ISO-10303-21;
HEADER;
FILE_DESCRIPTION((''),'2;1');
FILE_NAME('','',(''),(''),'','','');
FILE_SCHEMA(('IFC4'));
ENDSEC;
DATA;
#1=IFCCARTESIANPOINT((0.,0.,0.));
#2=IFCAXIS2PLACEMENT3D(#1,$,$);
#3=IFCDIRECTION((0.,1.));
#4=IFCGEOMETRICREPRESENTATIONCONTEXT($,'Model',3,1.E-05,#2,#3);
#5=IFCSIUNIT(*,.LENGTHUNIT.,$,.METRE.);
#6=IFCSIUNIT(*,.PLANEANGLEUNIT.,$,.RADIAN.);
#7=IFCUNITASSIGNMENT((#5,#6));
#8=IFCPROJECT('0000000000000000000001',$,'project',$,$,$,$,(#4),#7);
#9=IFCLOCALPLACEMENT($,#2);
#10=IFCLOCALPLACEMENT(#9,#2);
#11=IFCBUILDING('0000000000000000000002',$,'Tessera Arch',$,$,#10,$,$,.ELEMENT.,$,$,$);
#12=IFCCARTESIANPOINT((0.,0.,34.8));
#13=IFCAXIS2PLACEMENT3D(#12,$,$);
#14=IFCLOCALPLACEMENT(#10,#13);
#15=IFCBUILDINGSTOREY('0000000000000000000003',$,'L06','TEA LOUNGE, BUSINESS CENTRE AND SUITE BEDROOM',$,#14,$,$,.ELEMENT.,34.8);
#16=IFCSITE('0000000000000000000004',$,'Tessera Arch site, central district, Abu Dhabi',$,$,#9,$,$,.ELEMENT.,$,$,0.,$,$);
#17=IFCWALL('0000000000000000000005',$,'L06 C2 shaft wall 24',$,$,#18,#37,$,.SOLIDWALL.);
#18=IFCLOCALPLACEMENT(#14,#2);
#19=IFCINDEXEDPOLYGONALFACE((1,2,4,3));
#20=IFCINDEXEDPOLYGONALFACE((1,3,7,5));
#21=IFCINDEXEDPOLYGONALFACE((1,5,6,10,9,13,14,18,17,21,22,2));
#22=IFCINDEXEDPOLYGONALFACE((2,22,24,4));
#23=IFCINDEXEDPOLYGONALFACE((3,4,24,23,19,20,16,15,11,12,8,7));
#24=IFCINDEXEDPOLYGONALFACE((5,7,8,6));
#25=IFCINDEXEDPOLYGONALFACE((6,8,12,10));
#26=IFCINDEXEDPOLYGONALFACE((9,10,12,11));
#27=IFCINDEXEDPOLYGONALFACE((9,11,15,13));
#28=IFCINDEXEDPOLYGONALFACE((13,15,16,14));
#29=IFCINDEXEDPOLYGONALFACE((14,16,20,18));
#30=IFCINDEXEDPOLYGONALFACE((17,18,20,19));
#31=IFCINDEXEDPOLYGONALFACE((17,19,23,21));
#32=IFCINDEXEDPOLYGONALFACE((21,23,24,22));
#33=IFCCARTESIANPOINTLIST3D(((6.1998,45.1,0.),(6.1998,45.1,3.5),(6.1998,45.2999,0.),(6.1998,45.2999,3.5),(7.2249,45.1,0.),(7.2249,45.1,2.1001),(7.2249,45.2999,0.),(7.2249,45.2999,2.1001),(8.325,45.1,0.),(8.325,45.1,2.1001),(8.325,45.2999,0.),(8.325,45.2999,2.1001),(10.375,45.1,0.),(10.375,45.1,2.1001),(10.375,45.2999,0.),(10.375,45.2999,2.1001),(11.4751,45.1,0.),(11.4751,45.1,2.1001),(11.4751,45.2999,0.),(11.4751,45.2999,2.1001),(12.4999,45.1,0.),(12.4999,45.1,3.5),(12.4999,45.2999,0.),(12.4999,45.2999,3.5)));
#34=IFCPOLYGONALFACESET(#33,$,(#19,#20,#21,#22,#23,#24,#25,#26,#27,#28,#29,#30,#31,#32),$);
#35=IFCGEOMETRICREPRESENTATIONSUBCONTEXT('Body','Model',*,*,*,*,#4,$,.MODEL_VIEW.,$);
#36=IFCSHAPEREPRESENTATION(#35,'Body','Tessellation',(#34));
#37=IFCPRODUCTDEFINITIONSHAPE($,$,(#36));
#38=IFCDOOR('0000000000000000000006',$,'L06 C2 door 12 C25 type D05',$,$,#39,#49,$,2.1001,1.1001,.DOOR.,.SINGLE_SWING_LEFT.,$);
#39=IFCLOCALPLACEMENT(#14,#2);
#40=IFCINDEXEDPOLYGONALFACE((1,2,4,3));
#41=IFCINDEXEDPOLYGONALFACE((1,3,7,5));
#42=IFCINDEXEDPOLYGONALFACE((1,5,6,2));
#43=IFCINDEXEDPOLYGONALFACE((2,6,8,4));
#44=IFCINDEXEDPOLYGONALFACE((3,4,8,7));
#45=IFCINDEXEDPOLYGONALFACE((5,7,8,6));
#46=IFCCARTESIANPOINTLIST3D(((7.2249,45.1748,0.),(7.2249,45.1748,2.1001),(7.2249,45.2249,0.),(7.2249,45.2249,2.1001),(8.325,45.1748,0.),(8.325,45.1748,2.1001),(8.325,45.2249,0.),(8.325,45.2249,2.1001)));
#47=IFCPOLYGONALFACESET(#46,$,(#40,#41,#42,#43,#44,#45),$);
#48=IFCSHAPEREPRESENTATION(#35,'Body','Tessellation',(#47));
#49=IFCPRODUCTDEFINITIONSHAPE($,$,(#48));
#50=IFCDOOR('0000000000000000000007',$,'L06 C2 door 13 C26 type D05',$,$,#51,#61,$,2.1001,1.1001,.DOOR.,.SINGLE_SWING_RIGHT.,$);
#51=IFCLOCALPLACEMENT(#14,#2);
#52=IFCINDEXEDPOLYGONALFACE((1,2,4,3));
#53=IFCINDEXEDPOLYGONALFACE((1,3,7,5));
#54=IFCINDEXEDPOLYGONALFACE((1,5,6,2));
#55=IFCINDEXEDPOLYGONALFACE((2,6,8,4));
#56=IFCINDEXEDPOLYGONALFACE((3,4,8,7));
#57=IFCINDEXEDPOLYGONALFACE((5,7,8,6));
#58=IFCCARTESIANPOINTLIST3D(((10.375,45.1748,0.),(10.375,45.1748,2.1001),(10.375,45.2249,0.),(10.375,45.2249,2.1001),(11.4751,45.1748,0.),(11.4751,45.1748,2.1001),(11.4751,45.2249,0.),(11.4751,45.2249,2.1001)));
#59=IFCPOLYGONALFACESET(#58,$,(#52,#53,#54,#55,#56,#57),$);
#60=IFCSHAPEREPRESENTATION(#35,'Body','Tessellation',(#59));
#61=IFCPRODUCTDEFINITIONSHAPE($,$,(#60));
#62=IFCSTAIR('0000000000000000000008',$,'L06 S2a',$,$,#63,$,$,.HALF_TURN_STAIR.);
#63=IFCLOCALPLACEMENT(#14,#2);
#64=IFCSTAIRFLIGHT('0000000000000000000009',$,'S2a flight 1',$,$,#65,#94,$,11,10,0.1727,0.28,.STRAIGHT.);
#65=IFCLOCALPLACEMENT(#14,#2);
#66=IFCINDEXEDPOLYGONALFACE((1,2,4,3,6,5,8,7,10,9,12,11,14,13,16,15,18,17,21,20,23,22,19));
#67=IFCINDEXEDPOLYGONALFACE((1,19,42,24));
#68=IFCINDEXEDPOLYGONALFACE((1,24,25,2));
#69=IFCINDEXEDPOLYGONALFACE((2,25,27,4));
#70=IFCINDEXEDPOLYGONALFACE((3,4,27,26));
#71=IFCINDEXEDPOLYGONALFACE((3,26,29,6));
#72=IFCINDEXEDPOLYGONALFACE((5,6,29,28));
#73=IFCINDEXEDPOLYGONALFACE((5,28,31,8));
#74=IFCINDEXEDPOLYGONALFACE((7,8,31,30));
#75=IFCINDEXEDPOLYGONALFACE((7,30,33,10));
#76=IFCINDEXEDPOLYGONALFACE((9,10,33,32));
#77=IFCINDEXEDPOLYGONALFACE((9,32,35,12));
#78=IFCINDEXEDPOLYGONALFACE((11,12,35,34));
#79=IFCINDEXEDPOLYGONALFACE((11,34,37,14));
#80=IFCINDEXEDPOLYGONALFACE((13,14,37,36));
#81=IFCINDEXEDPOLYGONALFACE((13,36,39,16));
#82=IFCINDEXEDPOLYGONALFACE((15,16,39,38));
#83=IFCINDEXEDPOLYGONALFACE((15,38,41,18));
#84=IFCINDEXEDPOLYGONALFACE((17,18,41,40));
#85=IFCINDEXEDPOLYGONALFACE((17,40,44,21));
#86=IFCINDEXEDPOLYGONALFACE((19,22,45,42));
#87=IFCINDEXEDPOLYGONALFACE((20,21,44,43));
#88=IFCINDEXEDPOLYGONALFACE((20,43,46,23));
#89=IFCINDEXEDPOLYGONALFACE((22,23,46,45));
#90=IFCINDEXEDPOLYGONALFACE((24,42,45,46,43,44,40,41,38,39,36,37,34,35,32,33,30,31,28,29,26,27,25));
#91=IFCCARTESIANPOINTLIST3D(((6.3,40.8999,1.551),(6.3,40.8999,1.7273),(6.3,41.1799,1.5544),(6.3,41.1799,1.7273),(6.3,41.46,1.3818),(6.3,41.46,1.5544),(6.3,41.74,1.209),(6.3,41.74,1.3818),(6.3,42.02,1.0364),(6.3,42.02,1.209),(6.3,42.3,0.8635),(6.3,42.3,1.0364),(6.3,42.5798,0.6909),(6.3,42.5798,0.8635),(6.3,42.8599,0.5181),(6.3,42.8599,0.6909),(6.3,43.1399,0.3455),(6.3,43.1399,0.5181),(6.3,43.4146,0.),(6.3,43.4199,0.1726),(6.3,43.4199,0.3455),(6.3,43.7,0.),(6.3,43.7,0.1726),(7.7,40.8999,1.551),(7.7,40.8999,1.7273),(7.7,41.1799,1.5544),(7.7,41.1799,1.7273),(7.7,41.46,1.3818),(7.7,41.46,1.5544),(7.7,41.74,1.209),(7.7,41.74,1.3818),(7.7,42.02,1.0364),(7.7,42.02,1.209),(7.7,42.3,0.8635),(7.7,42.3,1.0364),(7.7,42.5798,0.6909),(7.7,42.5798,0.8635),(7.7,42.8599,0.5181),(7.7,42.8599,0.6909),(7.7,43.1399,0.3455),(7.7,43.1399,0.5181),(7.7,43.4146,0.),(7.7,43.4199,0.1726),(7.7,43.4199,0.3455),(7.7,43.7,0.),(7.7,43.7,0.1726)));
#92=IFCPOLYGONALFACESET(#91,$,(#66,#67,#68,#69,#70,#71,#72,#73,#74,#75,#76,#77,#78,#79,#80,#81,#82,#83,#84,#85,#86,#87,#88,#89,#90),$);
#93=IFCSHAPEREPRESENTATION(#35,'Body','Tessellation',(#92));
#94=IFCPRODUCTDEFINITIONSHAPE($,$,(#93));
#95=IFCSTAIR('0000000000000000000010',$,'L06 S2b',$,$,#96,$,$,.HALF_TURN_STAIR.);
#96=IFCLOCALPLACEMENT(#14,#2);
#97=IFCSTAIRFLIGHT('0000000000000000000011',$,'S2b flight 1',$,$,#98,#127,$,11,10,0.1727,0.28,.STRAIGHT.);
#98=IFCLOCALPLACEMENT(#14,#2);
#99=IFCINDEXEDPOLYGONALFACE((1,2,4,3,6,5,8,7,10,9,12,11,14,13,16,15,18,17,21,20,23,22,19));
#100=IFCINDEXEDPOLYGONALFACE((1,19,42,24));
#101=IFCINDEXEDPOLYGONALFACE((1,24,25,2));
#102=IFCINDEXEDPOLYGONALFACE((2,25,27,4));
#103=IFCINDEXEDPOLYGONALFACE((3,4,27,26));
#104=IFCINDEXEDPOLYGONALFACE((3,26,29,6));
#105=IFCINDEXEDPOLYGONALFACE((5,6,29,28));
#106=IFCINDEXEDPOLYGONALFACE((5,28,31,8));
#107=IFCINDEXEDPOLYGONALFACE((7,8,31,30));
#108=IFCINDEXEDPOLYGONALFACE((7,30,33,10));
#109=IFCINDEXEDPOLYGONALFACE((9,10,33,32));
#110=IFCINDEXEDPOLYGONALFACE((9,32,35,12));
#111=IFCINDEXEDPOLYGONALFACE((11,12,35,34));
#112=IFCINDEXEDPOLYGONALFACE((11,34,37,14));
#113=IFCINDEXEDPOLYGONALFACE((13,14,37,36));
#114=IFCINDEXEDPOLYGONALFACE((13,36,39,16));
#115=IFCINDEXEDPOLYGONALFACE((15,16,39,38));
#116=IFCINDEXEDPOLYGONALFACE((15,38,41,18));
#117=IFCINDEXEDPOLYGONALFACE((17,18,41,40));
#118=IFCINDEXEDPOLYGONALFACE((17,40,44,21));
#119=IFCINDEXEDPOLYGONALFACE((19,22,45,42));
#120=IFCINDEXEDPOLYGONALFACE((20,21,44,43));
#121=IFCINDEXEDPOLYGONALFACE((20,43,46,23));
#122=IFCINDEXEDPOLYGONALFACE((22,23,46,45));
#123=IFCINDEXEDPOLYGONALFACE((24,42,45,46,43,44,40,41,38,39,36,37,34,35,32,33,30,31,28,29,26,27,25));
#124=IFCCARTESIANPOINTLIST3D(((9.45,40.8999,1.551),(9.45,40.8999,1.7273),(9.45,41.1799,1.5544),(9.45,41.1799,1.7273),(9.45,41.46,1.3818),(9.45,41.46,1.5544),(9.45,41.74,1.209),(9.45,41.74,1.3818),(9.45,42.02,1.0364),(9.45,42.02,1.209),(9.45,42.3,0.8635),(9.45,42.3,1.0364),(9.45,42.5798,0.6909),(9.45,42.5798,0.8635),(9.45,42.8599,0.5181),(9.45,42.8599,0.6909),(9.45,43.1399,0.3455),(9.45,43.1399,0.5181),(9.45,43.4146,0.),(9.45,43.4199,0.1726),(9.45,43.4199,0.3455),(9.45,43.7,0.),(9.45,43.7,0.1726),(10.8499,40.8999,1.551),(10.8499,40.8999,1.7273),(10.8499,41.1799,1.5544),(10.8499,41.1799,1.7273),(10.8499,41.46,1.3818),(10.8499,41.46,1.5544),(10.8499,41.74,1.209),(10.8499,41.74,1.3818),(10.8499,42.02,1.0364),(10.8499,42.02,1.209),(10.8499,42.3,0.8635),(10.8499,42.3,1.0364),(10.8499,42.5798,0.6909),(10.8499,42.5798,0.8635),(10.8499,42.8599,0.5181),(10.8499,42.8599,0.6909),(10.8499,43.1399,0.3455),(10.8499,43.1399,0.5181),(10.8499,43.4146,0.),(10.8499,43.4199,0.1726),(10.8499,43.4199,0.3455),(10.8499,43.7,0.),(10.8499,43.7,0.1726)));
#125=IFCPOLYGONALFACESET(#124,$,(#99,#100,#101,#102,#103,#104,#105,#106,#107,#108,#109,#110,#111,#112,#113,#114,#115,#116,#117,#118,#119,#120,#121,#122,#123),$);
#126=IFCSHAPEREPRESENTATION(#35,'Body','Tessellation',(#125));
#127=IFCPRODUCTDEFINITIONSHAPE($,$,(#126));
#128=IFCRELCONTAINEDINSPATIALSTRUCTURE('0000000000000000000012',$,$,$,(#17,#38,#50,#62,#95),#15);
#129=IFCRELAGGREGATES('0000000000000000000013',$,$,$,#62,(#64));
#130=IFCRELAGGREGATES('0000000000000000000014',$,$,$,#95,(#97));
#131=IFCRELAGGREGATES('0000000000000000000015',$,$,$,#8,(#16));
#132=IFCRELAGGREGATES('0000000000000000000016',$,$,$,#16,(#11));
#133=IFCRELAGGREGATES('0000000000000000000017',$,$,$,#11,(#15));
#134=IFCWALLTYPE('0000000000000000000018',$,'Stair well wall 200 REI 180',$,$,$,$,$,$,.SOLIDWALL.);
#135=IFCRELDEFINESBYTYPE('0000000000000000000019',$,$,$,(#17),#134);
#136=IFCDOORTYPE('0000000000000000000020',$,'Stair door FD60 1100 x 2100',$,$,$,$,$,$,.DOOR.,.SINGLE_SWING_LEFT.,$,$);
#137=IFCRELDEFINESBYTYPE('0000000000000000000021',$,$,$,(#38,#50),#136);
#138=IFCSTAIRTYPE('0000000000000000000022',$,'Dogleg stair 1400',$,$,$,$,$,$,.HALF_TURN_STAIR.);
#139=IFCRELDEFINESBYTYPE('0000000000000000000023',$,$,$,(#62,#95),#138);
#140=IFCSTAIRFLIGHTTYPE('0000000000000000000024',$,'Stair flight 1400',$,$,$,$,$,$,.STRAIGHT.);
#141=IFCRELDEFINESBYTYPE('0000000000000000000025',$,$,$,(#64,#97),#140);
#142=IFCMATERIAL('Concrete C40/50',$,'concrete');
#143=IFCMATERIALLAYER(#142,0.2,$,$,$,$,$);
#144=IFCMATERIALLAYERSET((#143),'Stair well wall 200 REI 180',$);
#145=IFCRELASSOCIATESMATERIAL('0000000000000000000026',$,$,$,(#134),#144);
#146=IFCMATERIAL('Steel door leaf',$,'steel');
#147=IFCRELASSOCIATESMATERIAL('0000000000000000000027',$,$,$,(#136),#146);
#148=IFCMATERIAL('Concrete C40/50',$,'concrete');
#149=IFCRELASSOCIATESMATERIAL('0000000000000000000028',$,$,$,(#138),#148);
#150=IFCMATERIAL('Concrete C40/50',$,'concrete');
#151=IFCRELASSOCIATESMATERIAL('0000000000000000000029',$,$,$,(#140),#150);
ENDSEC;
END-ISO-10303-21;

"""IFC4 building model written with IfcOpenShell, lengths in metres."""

from ifc_helpers import new_model, si_unit, direction, frame, frame_2d, origin, place, context, subcontext, project, spatial, polyline, rectangle, outline, extrude, material, layer, layer_set, type_object, element, fill, aggregate, save


model = new_model("IFC4")

# Units and contexts
model_context = context("Model", 3, precision=1e-05, world=origin(), true_north=direction((0.0, 1.0)))
body_context = subcontext(model_context, "Body", "Model", "MODEL_VIEW")
ifc_project = project(units=[si_unit("LENGTHUNIT", "METRE"), si_unit("PLANEANGLEUNIT", "RADIAN")], contexts=[model_context])

# Site, building, storey
site_placement = place(None, origin())
site = spatial("IfcSite", under=ifc_project, at=site_placement, Name="Tessera Arch site, central district, Abu Dhabi", CompositionType="ELEMENT", RefElevation=0.0)
building_placement = place(site_placement, origin())
building = spatial("IfcBuilding", under=site, at=building_placement, Name="Tessera Arch", CompositionType="ELEMENT")
storey_placement = place(building_placement, frame((0.0, 0.0, 34.8)))
storey = spatial("IfcBuildingStorey", under=building, at=storey_placement, Name="L06", Description="TEA LOUNGE, BUSINESS CENTRE AND SUITE BEDROOM", CompositionType="ELEMENT", Elevation=34.8)

# Wall, openings, doors
ifc_material_1 = material(Name="Concrete C40/50", Category="concrete")
ifc_layer_1 = layer(ifc_material_1, 0.2)
ifc_layer_set_1 = layer_set([ifc_layer_1], Name="Stair well wall 200 REI 180")
wall_type_1 = type_object("IfcWallType", Name="Stair well wall 200 REI 180", PredefinedType="SOLIDWALL", material=ifc_layer_set_1)
wall_1_placement = place(storey_placement, frame((6.2, 45.2, 0.0), z_axis=(0.0, 0.0, 1.0), x_axis=(1.0, 0.0, 0.0)))
wall_1 = element("IfcWall", 1, at=wall_1_placement, inside=storey, type_object=wall_type_1, Name="L06 C2 shaft wall 24", PredefinedType="SOLIDWALL", context=body_context, shape_type="SweptSolid", body=[
    extrude(rectangle(XDim=6.3, YDim=0.2, at=frame_2d((3.1499, 0.0))), origin(), (0.0, 0.0, 1.0), 3.5),
])
opening_1_placement = place(wall_1_placement, frame((1.0249, 0.0, 0.0)))
opening_1 = element("IfcOpeningElement", 2, at=opening_1_placement, cuts=wall_1, PredefinedType="OPENING", context=body_context, shape_type="SweptSolid", body=[
    extrude(rectangle(XDim=1.1001, YDim=2.1001, at=frame_2d((0.55, 1.05))), frame((0.0, 0.1099, 0.0), z_axis=(0.0, -1.0, 0.0), x_axis=(1.0, 0.0, 0.0)), (0.0, 0.0, 1.0), 0.22),
])
opening_2_placement = place(wall_1_placement, frame((4.175, 0.0, 0.0)))
opening_2 = element("IfcOpeningElement", 3, at=opening_2_placement, cuts=wall_1, PredefinedType="OPENING", context=body_context, shape_type="SweptSolid", body=[
    extrude(rectangle(XDim=1.1001, YDim=2.1001, at=frame_2d((0.55, 1.05))), frame((0.0, 0.1099, 0.0), z_axis=(0.0, -1.0, 0.0), x_axis=(1.0, 0.0, 0.0)), (0.0, 0.0, 1.0), 0.22),
])
ifc_material_2 = material(Name="Steel door leaf", Category="steel")
door_type_1 = type_object("IfcDoorType", Name="Stair door FD60 1100 x 2100", OperationType="SINGLE_SWING_LEFT", PredefinedType="DOOR", material=ifc_material_2)
door_1_placement = place(opening_1_placement, origin())
door_1 = element("IfcDoor", 4, at=door_1_placement, inside=storey, type_object=door_type_1, Name="L06 C2 door 12 C25 type D05", OperationType="SINGLE_SWING_LEFT", OverallHeight=2.1001, OverallWidth=1.1001, PredefinedType="DOOR", context=body_context, shape_type="SweptSolid", body=[
    extrude(rectangle(XDim=1.1001, YDim=2.1001, at=frame_2d((0.55, 1.05))), frame((0.0, 0.0249, 0.0), z_axis=(0.0, -1.0, 0.0), x_axis=(1.0, 0.0, 0.0)), (0.0, 0.0, 1.0), 0.05),
])
fill(opening_1, door_1)
door_2_placement = place(opening_2_placement, origin())
door_2 = element("IfcDoor", 5, at=door_2_placement, inside=storey, type_object=door_type_1, Name="L06 C2 door 13 C26 type D05", OperationType="SINGLE_SWING_RIGHT", OverallHeight=2.1001, OverallWidth=1.1001, PredefinedType="DOOR", context=body_context, shape_type="SweptSolid", body=[
    extrude(rectangle(XDim=1.1001, YDim=2.1001, at=frame_2d((0.55, 1.05))), frame((0.0, 0.0249, 0.0), z_axis=(0.0, -1.0, 0.0), x_axis=(1.0, 0.0, 0.0)), (0.0, 0.0, 1.0), 0.05),
])
fill(opening_2, door_2)

# Stairs, stair flights
ifc_material_3 = material(Name="Concrete C40/50", Category="concrete")
stair_type = type_object("IfcStairType", Name="Dogleg stair 1400", PredefinedType="HALF_TURN_STAIR", material=ifc_material_3)
stair_1_placement = place(storey_placement, origin())
stair_1 = element("IfcStair", 6, at=stair_1_placement, inside=storey, type_object=stair_type, Name="L06 S2a", PredefinedType="HALF_TURN_STAIR")
ifc_material_4 = material(Name="Concrete C40/50", Category="concrete")
stair_flight_type = type_object("IfcStairFlightType", Name="Stair flight 1400", PredefinedType="STRAIGHT", material=ifc_material_4)
stair_flight_1_placement = place(storey_placement, frame((7.0, 43.7, 0.0), z_axis=(0.0, 0.0, 1.0), x_axis=(0.0, -1.0, 0.0)))
stair_flight_1 = element("IfcStairFlight", 7, at=stair_flight_1_placement, type_object=stair_flight_type, Name="S2a flight 1", NumberOfRisers=11, NumberOfTreads=10, PredefinedType="STRAIGHT", RiserHeight=0.1727, TreadLength=0.28, context=body_context, shape_type="SweptSolid", body=[
    extrude(outline(polyline([(0.0, 0.0), (0.0, 0.1726), (0.28, 0.1726), (0.28, 0.3455), (0.5601, 0.3455), (0.5601, 0.5181), (0.8401, 0.5181), (0.8401, 0.6909), (1.1201, 0.6909), (1.1201, 0.8635), (1.3999, 0.8635), (1.3999, 1.0364), (1.6799, 1.0364), (1.6799, 1.209), (1.96, 1.209), (1.96, 1.3818), (2.24, 1.3818), (2.24, 1.5544), (2.52, 1.5544), (2.52, 1.7273), (2.8, 1.7273), (2.8, 1.8999), (2.8, 1.551), (0.2854, 0.0), (0.0, 0.0)])), frame((0.0, 0.7, 0.0), z_axis=(0.0, -1.0, 0.0), x_axis=(1.0, 0.0, 0.0)), (0.0, 0.0, 1.0), 1.3999),
])
aggregate(stair_1, [stair_flight_1])
stair_2_placement = place(storey_placement, origin())
stair_2 = element("IfcStair", 8, at=stair_2_placement, inside=storey, type_object=stair_type, Name="L06 S2b", PredefinedType="HALF_TURN_STAIR")
stair_flight_2_placement = place(storey_placement, frame((10.1499, 43.7, 0.0), z_axis=(0.0, 0.0, 1.0), x_axis=(0.0, -1.0, 0.0)))
stair_flight_2 = element("IfcStairFlight", 9, at=stair_flight_2_placement, type_object=stair_flight_type, Name="S2b flight 1", NumberOfRisers=11, NumberOfTreads=10, PredefinedType="STRAIGHT", RiserHeight=0.1727, TreadLength=0.28, context=body_context, shape_type="SweptSolid", body=[
    extrude(outline(polyline([(0.0, 0.0), (0.0, 0.1726), (0.28, 0.1726), (0.28, 0.3455), (0.5601, 0.3455), (0.5601, 0.5181), (0.8401, 0.5181), (0.8401, 0.6909), (1.1201, 0.6909), (1.1201, 0.8635), (1.3999, 0.8635), (1.3999, 1.0364), (1.6799, 1.0364), (1.6799, 1.209), (1.96, 1.209), (1.96, 1.3818), (2.24, 1.3818), (2.24, 1.5544), (2.52, 1.5544), (2.52, 1.7273), (2.8, 1.7273), (2.8, 1.8999), (2.8, 1.551), (0.2854, 0.0), (0.0, 0.0)])), frame((0.0, 0.7, 0.0), z_axis=(0.0, -1.0, 0.0), x_axis=(1.0, 0.0, 0.0)), (0.0, 0.0, 1.0), 1.3999),
])
aggregate(stair_2, [stair_flight_2])

save(model, "model.ifc")
